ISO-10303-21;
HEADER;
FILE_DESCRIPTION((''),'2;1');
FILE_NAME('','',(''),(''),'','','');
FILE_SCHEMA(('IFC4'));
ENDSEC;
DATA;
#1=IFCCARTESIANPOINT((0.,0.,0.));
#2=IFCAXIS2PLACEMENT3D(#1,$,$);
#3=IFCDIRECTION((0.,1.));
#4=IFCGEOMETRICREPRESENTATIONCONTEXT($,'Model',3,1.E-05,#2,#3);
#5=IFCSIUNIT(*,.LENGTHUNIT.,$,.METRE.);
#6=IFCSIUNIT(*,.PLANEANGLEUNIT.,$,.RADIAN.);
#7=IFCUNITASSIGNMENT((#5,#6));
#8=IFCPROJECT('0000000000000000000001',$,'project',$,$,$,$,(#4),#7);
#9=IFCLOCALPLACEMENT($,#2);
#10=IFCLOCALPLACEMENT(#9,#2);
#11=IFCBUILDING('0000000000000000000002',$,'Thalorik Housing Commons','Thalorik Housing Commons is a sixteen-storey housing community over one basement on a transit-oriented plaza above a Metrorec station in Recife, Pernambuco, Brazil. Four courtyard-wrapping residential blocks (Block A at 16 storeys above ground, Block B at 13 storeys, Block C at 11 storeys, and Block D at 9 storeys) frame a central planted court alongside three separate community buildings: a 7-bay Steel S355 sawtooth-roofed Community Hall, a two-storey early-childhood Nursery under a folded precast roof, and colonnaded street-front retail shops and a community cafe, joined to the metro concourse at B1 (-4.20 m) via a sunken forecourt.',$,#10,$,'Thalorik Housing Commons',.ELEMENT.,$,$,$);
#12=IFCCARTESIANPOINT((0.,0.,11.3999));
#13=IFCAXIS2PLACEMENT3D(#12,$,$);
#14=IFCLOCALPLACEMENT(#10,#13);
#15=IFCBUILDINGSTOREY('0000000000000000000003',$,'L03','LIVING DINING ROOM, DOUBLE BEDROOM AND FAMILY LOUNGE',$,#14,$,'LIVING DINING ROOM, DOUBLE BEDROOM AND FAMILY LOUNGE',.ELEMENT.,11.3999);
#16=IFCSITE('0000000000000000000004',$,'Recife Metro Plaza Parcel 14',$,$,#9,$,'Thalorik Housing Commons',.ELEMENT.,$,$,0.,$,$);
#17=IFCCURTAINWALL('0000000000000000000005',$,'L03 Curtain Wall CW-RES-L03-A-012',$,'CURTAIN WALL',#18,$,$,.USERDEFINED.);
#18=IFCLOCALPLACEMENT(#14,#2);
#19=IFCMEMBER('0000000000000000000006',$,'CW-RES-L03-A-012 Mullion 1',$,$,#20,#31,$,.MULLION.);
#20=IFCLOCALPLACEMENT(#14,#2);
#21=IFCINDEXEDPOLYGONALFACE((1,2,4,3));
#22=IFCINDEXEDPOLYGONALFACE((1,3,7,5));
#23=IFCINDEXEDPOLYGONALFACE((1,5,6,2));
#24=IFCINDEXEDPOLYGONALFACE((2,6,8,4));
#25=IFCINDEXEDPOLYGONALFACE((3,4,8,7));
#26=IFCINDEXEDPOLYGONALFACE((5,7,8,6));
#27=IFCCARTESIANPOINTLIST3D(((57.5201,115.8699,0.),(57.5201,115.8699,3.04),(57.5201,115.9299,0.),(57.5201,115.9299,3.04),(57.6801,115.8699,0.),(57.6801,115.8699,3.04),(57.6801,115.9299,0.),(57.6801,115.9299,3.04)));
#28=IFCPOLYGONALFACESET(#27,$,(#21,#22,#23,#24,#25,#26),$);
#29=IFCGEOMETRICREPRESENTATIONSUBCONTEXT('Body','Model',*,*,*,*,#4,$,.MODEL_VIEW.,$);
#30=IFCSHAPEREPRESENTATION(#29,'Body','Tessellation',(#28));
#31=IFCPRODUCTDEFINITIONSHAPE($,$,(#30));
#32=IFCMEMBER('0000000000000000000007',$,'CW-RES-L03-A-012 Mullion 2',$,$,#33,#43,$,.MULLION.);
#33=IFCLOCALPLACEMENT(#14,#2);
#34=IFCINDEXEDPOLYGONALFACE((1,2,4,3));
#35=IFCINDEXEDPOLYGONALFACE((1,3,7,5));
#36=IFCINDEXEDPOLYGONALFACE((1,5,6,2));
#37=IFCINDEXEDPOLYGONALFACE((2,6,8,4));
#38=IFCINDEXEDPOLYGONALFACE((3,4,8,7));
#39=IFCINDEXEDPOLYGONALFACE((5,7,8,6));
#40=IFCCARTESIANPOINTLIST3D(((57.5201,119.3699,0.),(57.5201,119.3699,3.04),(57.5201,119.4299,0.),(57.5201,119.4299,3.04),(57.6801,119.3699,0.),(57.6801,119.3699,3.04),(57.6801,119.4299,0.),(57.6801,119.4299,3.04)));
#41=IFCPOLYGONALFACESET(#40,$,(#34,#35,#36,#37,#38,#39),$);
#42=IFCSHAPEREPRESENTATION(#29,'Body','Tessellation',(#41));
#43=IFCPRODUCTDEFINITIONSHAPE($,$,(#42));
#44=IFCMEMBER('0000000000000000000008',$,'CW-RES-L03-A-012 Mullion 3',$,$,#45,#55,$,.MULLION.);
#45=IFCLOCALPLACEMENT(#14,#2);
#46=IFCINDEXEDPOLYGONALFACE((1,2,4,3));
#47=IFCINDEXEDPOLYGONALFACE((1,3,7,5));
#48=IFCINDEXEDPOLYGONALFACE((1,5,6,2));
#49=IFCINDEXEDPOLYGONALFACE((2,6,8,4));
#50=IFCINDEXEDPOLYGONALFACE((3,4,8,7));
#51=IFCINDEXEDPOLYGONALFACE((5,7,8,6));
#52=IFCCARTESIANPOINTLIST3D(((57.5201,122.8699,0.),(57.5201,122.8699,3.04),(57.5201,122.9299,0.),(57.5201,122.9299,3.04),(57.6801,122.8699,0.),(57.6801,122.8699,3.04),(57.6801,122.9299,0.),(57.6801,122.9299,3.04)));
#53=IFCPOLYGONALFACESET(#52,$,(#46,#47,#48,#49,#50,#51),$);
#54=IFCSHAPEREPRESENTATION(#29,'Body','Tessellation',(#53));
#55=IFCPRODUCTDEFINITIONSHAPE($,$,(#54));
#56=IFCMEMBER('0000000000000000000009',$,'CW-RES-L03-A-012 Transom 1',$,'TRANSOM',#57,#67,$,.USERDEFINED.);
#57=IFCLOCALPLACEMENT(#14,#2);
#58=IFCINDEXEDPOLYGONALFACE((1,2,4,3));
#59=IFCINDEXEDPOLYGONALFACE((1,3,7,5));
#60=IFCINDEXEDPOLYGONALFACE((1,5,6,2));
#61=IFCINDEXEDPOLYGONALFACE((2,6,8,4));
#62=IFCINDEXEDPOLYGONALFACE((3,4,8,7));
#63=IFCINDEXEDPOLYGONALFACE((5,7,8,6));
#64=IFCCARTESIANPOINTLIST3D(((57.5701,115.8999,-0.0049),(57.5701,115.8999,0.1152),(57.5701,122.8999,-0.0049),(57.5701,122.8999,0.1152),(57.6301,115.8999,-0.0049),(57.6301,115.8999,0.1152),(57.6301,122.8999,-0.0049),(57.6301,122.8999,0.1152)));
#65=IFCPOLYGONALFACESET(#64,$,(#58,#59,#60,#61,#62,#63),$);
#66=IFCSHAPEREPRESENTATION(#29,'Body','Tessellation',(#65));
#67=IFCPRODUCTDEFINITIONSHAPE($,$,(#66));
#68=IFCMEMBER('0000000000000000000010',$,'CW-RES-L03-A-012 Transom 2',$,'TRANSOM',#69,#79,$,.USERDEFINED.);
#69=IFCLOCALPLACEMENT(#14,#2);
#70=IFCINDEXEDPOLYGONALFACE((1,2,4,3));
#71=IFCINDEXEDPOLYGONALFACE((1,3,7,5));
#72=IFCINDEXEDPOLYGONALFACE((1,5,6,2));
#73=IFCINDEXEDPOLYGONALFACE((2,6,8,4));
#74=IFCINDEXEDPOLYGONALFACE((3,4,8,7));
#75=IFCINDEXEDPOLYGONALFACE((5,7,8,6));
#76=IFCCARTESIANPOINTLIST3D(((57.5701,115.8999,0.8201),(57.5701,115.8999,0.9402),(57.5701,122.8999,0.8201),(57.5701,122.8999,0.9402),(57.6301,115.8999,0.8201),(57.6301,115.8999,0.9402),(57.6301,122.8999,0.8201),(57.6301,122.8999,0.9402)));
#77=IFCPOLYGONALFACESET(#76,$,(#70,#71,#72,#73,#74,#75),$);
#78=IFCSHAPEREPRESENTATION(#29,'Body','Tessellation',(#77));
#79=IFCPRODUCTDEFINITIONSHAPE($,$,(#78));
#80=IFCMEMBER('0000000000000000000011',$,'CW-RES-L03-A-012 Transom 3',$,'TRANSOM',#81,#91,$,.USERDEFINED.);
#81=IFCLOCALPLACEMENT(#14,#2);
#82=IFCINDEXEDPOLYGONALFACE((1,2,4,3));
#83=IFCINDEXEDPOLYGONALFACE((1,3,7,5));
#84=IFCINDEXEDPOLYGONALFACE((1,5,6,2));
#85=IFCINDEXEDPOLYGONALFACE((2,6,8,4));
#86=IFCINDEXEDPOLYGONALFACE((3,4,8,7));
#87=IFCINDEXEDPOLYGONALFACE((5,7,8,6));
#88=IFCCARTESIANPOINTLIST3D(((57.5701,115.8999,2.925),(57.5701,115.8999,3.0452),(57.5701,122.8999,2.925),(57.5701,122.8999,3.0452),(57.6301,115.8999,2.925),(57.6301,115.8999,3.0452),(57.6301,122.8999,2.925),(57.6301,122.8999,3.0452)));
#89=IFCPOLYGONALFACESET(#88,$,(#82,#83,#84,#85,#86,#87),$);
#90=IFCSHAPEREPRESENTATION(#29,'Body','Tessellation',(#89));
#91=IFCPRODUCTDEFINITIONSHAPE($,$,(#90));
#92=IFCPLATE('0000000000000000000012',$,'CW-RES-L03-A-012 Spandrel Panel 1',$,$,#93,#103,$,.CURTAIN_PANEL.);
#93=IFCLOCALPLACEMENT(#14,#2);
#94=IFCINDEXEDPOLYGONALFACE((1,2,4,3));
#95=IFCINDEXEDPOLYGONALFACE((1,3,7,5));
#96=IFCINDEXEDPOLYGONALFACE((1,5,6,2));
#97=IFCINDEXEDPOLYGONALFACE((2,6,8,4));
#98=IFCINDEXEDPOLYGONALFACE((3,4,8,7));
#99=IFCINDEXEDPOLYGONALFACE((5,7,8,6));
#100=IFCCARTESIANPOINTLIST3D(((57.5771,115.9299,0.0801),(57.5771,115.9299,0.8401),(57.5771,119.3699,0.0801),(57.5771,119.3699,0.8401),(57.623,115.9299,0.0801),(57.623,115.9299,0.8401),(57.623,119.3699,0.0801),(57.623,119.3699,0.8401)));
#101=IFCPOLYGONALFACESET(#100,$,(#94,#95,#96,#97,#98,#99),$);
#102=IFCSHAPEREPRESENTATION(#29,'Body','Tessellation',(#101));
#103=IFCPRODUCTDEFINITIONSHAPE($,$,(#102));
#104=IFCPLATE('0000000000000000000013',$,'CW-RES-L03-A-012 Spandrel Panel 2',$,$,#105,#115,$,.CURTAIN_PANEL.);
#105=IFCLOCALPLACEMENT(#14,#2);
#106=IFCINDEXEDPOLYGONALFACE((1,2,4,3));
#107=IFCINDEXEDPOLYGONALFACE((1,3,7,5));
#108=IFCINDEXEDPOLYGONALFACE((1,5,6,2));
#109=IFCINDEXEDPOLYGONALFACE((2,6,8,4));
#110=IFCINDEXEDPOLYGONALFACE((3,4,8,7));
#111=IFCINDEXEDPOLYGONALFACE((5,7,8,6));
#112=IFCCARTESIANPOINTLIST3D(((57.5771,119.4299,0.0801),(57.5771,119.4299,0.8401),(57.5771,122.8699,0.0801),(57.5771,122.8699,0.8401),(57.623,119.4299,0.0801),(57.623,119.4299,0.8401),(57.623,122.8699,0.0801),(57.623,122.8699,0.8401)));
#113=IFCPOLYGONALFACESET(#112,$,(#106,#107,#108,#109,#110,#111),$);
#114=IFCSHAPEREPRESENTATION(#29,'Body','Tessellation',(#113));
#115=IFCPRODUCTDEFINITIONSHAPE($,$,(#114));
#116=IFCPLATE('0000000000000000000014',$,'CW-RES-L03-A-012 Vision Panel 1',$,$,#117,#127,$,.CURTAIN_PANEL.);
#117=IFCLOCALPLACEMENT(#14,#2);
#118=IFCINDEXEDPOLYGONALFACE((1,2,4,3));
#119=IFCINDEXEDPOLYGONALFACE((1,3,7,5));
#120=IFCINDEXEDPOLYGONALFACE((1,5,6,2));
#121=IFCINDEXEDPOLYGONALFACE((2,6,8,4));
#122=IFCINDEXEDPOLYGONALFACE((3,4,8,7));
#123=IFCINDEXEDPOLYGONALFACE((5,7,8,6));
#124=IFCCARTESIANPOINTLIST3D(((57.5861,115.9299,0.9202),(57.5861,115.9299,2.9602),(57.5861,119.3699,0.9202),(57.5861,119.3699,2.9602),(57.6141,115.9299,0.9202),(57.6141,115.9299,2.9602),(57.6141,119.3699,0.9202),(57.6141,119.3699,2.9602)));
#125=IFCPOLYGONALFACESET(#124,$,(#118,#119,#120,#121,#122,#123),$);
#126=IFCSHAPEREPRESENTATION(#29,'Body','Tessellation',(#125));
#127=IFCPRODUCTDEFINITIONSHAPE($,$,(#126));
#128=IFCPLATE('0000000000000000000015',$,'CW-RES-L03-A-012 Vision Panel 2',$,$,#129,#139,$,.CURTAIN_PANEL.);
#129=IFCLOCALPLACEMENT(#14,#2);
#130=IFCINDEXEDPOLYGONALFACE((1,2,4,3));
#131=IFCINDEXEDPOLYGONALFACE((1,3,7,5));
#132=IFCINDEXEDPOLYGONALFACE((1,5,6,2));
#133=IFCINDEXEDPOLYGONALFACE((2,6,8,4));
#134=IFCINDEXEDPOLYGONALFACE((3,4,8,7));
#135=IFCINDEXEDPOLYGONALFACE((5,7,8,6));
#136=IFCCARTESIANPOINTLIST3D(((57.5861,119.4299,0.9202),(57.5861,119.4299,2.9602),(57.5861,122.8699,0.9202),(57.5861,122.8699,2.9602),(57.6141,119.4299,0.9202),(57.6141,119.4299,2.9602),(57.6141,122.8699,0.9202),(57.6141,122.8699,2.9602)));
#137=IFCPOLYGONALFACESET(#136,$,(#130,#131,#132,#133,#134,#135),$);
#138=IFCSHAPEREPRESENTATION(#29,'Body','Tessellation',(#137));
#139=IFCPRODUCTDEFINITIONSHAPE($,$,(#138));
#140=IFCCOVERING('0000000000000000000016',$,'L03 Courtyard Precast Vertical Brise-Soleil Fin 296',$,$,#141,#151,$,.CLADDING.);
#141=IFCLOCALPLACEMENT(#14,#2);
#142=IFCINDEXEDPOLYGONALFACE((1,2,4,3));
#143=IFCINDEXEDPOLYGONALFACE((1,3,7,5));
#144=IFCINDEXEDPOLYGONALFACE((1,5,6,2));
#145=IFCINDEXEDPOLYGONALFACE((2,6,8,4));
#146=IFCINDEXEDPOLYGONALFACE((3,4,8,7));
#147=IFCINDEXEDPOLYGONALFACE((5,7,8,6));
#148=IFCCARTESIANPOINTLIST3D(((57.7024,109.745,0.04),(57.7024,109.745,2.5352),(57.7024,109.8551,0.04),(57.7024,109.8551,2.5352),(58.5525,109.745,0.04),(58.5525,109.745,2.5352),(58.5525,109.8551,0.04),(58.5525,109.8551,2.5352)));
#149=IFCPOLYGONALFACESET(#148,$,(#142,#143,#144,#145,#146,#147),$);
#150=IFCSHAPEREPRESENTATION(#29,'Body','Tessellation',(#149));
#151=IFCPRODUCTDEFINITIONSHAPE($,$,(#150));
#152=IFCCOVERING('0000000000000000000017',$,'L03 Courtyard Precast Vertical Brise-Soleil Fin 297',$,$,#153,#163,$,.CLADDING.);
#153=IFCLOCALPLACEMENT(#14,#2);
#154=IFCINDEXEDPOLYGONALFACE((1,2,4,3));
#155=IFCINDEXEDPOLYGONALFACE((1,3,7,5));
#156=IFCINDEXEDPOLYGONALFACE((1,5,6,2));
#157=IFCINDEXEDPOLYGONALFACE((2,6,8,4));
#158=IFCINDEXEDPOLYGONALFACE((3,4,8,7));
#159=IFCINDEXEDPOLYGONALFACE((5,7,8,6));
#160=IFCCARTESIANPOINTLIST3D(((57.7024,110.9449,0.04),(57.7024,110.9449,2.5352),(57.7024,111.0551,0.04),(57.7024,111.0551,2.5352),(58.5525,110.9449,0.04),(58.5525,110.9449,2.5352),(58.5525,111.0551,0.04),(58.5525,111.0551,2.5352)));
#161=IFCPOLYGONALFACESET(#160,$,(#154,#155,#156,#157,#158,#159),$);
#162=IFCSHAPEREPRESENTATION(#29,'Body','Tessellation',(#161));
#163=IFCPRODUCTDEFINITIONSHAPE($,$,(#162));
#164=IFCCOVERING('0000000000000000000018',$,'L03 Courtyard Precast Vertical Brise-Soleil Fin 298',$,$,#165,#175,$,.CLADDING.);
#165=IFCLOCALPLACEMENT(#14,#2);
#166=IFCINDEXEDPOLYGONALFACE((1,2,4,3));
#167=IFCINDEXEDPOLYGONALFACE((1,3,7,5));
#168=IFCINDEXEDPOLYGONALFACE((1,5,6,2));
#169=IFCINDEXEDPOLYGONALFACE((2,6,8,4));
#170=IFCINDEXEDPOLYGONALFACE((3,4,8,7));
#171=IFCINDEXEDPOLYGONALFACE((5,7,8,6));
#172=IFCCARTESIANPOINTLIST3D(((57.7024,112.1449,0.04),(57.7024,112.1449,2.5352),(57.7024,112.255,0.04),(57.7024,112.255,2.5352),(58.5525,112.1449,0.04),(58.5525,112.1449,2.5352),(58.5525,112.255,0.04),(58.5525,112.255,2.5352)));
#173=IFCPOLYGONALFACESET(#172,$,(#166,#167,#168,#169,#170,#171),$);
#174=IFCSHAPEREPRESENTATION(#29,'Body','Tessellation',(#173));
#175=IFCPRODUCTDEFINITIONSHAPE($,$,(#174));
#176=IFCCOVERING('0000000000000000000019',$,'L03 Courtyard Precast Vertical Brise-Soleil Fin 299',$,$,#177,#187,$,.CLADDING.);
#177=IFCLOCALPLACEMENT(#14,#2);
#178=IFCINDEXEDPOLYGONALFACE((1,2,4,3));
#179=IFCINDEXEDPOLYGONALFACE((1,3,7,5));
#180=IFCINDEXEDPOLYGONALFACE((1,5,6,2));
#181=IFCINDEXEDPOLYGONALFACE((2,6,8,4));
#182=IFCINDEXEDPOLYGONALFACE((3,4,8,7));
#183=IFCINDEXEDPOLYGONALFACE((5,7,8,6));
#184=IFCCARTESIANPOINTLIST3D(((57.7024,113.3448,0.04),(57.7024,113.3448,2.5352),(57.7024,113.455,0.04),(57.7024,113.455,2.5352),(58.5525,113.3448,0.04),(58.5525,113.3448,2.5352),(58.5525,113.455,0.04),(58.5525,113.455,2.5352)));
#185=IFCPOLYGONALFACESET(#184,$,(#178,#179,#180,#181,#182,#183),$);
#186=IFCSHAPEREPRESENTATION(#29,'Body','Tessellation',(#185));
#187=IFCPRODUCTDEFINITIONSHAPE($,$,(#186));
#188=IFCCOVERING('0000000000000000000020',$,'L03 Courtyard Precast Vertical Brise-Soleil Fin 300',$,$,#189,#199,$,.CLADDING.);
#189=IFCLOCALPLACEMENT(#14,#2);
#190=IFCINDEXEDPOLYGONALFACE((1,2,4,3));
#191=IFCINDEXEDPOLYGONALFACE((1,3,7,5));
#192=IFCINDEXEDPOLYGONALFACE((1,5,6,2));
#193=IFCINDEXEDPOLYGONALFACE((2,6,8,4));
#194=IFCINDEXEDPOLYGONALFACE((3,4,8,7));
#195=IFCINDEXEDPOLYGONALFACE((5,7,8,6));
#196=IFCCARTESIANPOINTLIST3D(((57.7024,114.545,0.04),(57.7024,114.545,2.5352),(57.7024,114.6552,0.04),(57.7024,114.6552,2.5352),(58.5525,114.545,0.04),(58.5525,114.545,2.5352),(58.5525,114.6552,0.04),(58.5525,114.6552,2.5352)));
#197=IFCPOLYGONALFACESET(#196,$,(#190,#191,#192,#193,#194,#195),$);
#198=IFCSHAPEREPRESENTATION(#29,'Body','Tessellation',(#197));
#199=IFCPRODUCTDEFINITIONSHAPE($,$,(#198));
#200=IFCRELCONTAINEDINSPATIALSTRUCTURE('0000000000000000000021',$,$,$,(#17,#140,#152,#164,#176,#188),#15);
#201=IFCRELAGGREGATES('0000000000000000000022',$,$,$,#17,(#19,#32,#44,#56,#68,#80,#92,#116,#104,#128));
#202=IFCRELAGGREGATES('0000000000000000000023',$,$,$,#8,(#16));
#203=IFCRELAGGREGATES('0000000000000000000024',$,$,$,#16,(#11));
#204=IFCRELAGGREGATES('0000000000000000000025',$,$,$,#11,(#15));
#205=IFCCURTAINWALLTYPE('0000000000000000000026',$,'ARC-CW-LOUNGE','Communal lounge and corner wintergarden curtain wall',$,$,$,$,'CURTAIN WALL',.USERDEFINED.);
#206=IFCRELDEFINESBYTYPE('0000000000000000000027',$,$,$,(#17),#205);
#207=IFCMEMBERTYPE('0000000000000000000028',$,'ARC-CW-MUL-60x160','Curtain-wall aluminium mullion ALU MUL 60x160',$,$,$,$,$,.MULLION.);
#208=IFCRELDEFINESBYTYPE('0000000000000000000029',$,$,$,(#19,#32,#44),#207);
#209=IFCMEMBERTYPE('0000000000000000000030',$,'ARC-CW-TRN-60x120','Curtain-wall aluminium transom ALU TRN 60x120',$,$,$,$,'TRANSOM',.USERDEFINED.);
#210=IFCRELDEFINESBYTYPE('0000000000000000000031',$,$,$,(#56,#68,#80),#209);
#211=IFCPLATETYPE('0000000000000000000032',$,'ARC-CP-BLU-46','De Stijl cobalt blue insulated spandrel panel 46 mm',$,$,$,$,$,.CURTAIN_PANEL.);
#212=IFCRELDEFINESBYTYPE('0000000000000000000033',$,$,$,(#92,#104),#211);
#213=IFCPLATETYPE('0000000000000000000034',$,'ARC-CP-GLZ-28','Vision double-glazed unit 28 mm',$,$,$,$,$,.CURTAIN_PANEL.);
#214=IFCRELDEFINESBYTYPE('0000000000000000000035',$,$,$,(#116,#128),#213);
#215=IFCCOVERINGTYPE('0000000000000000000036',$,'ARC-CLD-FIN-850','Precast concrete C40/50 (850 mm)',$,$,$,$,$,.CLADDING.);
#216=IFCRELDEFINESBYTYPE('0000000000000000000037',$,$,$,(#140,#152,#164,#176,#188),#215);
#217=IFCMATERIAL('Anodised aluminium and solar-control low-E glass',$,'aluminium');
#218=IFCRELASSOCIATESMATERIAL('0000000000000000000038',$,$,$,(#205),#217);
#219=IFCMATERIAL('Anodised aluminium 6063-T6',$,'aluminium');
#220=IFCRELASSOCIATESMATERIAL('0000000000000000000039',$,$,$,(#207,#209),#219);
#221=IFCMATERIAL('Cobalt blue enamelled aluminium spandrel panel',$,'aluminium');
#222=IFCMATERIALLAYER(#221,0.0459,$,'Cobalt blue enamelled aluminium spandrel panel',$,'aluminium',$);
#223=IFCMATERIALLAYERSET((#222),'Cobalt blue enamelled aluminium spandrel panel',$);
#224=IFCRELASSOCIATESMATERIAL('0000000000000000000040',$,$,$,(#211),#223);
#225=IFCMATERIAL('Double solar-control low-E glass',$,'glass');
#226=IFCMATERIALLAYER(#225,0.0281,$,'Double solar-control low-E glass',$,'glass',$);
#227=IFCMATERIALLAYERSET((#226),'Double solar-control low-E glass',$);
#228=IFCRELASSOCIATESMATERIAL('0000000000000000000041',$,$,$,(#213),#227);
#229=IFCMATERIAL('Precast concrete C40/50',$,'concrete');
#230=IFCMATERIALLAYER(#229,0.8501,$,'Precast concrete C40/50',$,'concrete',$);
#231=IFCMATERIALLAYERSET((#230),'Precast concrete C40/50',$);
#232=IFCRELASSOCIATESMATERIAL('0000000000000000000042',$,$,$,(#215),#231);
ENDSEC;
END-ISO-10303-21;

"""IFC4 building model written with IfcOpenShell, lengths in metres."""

from ifc_helpers import new_model, si_unit, direction, frame, origin, origin_2d, place, context, subcontext, project, spatial, rectangle, extrude, material, layer, layer_set, material_profile, profile_set, type_object, element, aggregate, save


model = new_model("IFC4")

# Units and contexts
model_context = context("Model", 3, precision=1e-05, world=origin(), true_north=direction((0.0, 1.0)))
body_context = subcontext(model_context, "Body", "Model", "MODEL_VIEW")
ifc_project = project(units=[si_unit("LENGTHUNIT", "METRE"), si_unit("PLANEANGLEUNIT", "RADIAN")], contexts=[model_context])

# Site, building, storey
site_placement = place(None, origin())
site = spatial("IfcSite", under=ifc_project, at=site_placement, Name="Recife Metro Plaza Parcel 14", LongName="Thalorik Housing Commons", CompositionType="ELEMENT", RefElevation=0.0)
building_placement = place(site_placement, origin())
building = spatial("IfcBuilding", under=site, at=building_placement, Name="Thalorik Housing Commons", Description="Thalorik Housing Commons is a sixteen-storey housing community over one basement on a transit-oriented plaza above a Metrorec station in Recife, Pernambuco, Brazil. Four courtyard-wrapping residential blocks (Block A at 16 storeys above ground, Block B at 13 storeys, Block C at 11 storeys, and Block D at 9 storeys) frame a central planted court alongside three separate community buildings: a 7-bay Steel S355 sawtooth-roofed Community Hall, a two-storey early-childhood Nursery under a folded precast roof, and colonnaded street-front retail shops and a community cafe, joined to the metro concourse at B1 (-4.20 m) via a sunken forecourt.", LongName="Thalorik Housing Commons", CompositionType="ELEMENT")
storey_placement = place(building_placement, frame((0.0, 0.0, 11.3999)))
storey = spatial("IfcBuildingStorey", under=building, at=storey_placement, Name="L03", Description="LIVING DINING ROOM, DOUBLE BEDROOM AND FAMILY LOUNGE", LongName="LIVING DINING ROOM, DOUBLE BEDROOM AND FAMILY LOUNGE", CompositionType="ELEMENT", Elevation=11.3999)

# Curtain wall, members, plates
ifc_material_1 = material(Name="Anodised aluminium and solar-control low-E glass", Category="aluminium")
curtain_wall_type = type_object("IfcCurtainWallType", Name="ARC-CW-LOUNGE", Description="Communal lounge and corner wintergarden curtain wall", ElementType="CURTAIN WALL", PredefinedType="USERDEFINED", material=ifc_material_1)
curtain_wall_placement = place(storey_placement, origin())
curtain_wall = element("IfcCurtainWall", 1, at=curtain_wall_placement, inside=storey, type_object=curtain_wall_type, Name="L03 Curtain Wall CW-RES-L03-A-012", ObjectType="CURTAIN WALL", PredefinedType="USERDEFINED")
ifc_material_2 = material(Name="Anodised aluminium 6063-T6", Category="aluminium")
ifc_material_profile_1 = material_profile(ifc_material_2, rectangle(XDim=0.0601, YDim=0.1599, at=origin_2d()), Name="ALU MUL 60x160", Category="aluminium")
ifc_profile_set_1 = profile_set([ifc_material_profile_1], Name="Anodised aluminium 6063-T6")
member_type_1 = type_object("IfcMemberType", Name="ARC-CW-MUL-60x160", Description="Curtain-wall aluminium mullion ALU MUL 60x160", PredefinedType="MULLION", material=ifc_profile_set_1)
member_1_placement = place(storey_placement, frame((57.6001, 115.8999, 0.0), z_axis=(0.0, 0.0, 1.0), x_axis=(0.0, 1.0, 0.0)))
member_1 = element("IfcMember", 2, at=member_1_placement, type_object=member_type_1, Name="CW-RES-L03-A-012 Mullion 1", PredefinedType="MULLION", context=body_context, shape_type="SweptSolid", body=[
    extrude(rectangle(XDim=0.0601, YDim=0.1599, at=origin_2d()), origin(), (0.0, 0.0, 1.0), 3.04),
])
member_2_placement = place(storey_placement, frame((57.6001, 119.3999, 0.0), z_axis=(0.0, 0.0, 1.0), x_axis=(0.0, 1.0, 0.0)))
member_2 = element("IfcMember", 3, at=member_2_placement, type_object=member_type_1, Name="CW-RES-L03-A-012 Mullion 2", PredefinedType="MULLION", context=body_context, shape_type="SweptSolid", body=[
    extrude(rectangle(XDim=0.0601, YDim=0.1599, at=origin_2d()), origin(), (0.0, 0.0, 1.0), 3.04),
])
member_3_placement = place(storey_placement, frame((57.6001, 122.8999, 0.0), z_axis=(0.0, 0.0, 1.0), x_axis=(0.0, 1.0, 0.0)))
member_3 = element("IfcMember", 4, at=member_3_placement, type_object=member_type_1, Name="CW-RES-L03-A-012 Mullion 3", PredefinedType="MULLION", context=body_context, shape_type="SweptSolid", body=[
    extrude(rectangle(XDim=0.0601, YDim=0.1599, at=origin_2d()), origin(), (0.0, 0.0, 1.0), 3.04),
])
ifc_material_profile_2 = material_profile(ifc_material_2, rectangle(XDim=0.0601, YDim=0.1201, at=origin_2d()), Name="ALU TRN 60x120", Category="aluminium")
ifc_profile_set_2 = profile_set([ifc_material_profile_2], Name="Anodised aluminium 6063-T6")
member_type_2 = type_object("IfcMemberType", Name="ARC-CW-TRN-60x120", Description="Curtain-wall aluminium transom ALU TRN 60x120", ElementType="TRANSOM", PredefinedType="USERDEFINED", material=ifc_profile_set_2)
member_4_placement = place(storey_placement, frame((57.6001, 115.8999, 0.0552), z_axis=(0.0, 1.0, 0.0), x_axis=(-1.0, 0.0, 0.0)))
member_4 = element("IfcMember", 5, at=member_4_placement, type_object=member_type_2, Name="CW-RES-L03-A-012 Transom 1", ObjectType="TRANSOM", PredefinedType="USERDEFINED", context=body_context, shape_type="SweptSolid", body=[
    extrude(rectangle(XDim=0.0601, YDim=0.1201, at=origin_2d()), origin(), (0.0, 0.0, 1.0), 7.0),
])
member_5_placement = place(storey_placement, frame((57.6001, 115.8999, 0.8801), z_axis=(0.0, 1.0, 0.0), x_axis=(-1.0, 0.0, 0.0)))
member_5 = element("IfcMember", 6, at=member_5_placement, type_object=member_type_2, Name="CW-RES-L03-A-012 Transom 2", ObjectType="TRANSOM", PredefinedType="USERDEFINED", context=body_context, shape_type="SweptSolid", body=[
    extrude(rectangle(XDim=0.0601, YDim=0.1201, at=origin_2d()), origin(), (0.0, 0.0, 1.0), 7.0),
])
member_6_placement = place(storey_placement, frame((57.6001, 115.8999, 2.9851), z_axis=(0.0, 1.0, 0.0), x_axis=(-1.0, 0.0, 0.0)))
member_6 = element("IfcMember", 7, at=member_6_placement, type_object=member_type_2, Name="CW-RES-L03-A-012 Transom 3", ObjectType="TRANSOM", PredefinedType="USERDEFINED", context=body_context, shape_type="SweptSolid", body=[
    extrude(rectangle(XDim=0.0601, YDim=0.1201, at=origin_2d()), origin(), (0.0, 0.0, 1.0), 7.0),
])
ifc_material_3 = material(Name="Cobalt blue enamelled aluminium spandrel panel", Category="aluminium")
ifc_layer_1 = layer(ifc_material_3, 0.0459, Name="Cobalt blue enamelled aluminium spandrel panel", Category="aluminium")
ifc_layer_set_1 = layer_set([ifc_layer_1], Name="Cobalt blue enamelled aluminium spandrel panel")
plate_type_1 = type_object("IfcPlateType", Name="ARC-CP-BLU-46", Description="De Stijl cobalt blue insulated spandrel panel 46 mm", PredefinedType="CURTAIN_PANEL", material=ifc_layer_set_1)
plate_1_placement = place(storey_placement, frame((57.6001, 117.6499, 0.0801), z_axis=(0.0, 0.0, 1.0), x_axis=(0.0, 1.0, 0.0)))
plate_1 = element("IfcPlate", 8, at=plate_1_placement, type_object=plate_type_1, Name="CW-RES-L03-A-012 Spandrel Panel 1", PredefinedType="CURTAIN_PANEL", context=body_context, shape_type="SweptSolid", body=[
    extrude(rectangle(XDim=3.4399, YDim=0.0459, at=origin_2d()), origin(), (0.0, 0.0, 1.0), 0.76),
])
plate_2_placement = place(storey_placement, frame((57.6001, 121.1499, 0.0801), z_axis=(0.0, 0.0, 1.0), x_axis=(0.0, 1.0, 0.0)))
plate_2 = element("IfcPlate", 9, at=plate_2_placement, type_object=plate_type_1, Name="CW-RES-L03-A-012 Spandrel Panel 2", PredefinedType="CURTAIN_PANEL", context=body_context, shape_type="SweptSolid", body=[
    extrude(rectangle(XDim=3.4399, YDim=0.0459, at=origin_2d()), origin(), (0.0, 0.0, 1.0), 0.76),
])
ifc_material_4 = material(Name="Double solar-control low-E glass", Category="glass")
ifc_layer_2 = layer(ifc_material_4, 0.0281, Name="Double solar-control low-E glass", Category="glass")
ifc_layer_set_2 = layer_set([ifc_layer_2], Name="Double solar-control low-E glass")
plate_type_2 = type_object("IfcPlateType", Name="ARC-CP-GLZ-28", Description="Vision double-glazed unit 28 mm", PredefinedType="CURTAIN_PANEL", material=ifc_layer_set_2)
plate_3_placement = place(storey_placement, frame((57.6001, 117.6499, 0.9202), z_axis=(0.0, 0.0, 1.0), x_axis=(0.0, 1.0, 0.0)))
plate_3 = element("IfcPlate", 10, at=plate_3_placement, type_object=plate_type_2, Name="CW-RES-L03-A-012 Vision Panel 1", PredefinedType="CURTAIN_PANEL", context=body_context, shape_type="SweptSolid", body=[
    extrude(rectangle(XDim=3.4399, YDim=0.0281, at=origin_2d()), origin(), (0.0, 0.0, 1.0), 2.04),
])
plate_4_placement = place(storey_placement, frame((57.6001, 121.1499, 0.9202), z_axis=(0.0, 0.0, 1.0), x_axis=(0.0, 1.0, 0.0)))
plate_4 = element("IfcPlate", 11, at=plate_4_placement, type_object=plate_type_2, Name="CW-RES-L03-A-012 Vision Panel 2", PredefinedType="CURTAIN_PANEL", context=body_context, shape_type="SweptSolid", body=[
    extrude(rectangle(XDim=3.4399, YDim=0.0281, at=origin_2d()), origin(), (0.0, 0.0, 1.0), 2.04),
])
aggregate(curtain_wall, [member_1, member_2, member_3, member_4, member_5, member_6, plate_1, plate_3, plate_2, plate_4])

# Coverings
ifc_material_5 = material(Name="Precast concrete C40/50", Category="concrete")
ifc_layer_3 = layer(ifc_material_5, 0.8501, Name="Precast concrete C40/50", Category="concrete")
ifc_layer_set_3 = layer_set([ifc_layer_3], Name="Precast concrete C40/50")
covering_type_1 = type_object("IfcCoveringType", Name="ARC-CLD-FIN-850", Description="Precast concrete C40/50 (850 mm)", PredefinedType="CLADDING", material=ifc_layer_set_3)
for number, where, z_axis, x_axis, name in (
    (12, (58.1274, 109.8, 0.04), (0.0, 0.0, 1.0), (0.0, 1.0, 0.0), "L03 Courtyard Precast Vertical Brise-Soleil Fin 296"),
    (13, (58.1274, 111.0, 0.04), (0.0, 0.0, 1.0), (0.0, 1.0, 0.0), "L03 Courtyard Precast Vertical Brise-Soleil Fin 297"),
    (14, (58.1274, 112.2, 0.04), (0.0, 0.0, 1.0), (0.0, 1.0, 0.0), "L03 Courtyard Precast Vertical Brise-Soleil Fin 298"),
    (15, (58.1274, 113.3999, 0.04), (0.0, 0.0, 1.0), (0.0, 1.0, 0.0), "L03 Courtyard Precast Vertical Brise-Soleil Fin 299"),
    (16, (58.1274, 114.6001, 0.04), (0.0, 0.0, 1.0), (0.0, 1.0, 0.0), "L03 Courtyard Precast Vertical Brise-Soleil Fin 300"),
):
    element("IfcCovering", number, at=place(storey_placement, frame(where, z_axis=z_axis, x_axis=x_axis)), inside=storey, type_object=covering_type_1, Name=name, PredefinedType="CLADDING", context=body_context, shape_type="SweptSolid", body=[
        extrude(rectangle(XDim=0.1101, YDim=0.8501, at=origin_2d()), origin(), (0.0, 0.0, 1.0), 2.4951),
    ])

save(model, "model.ifc")
